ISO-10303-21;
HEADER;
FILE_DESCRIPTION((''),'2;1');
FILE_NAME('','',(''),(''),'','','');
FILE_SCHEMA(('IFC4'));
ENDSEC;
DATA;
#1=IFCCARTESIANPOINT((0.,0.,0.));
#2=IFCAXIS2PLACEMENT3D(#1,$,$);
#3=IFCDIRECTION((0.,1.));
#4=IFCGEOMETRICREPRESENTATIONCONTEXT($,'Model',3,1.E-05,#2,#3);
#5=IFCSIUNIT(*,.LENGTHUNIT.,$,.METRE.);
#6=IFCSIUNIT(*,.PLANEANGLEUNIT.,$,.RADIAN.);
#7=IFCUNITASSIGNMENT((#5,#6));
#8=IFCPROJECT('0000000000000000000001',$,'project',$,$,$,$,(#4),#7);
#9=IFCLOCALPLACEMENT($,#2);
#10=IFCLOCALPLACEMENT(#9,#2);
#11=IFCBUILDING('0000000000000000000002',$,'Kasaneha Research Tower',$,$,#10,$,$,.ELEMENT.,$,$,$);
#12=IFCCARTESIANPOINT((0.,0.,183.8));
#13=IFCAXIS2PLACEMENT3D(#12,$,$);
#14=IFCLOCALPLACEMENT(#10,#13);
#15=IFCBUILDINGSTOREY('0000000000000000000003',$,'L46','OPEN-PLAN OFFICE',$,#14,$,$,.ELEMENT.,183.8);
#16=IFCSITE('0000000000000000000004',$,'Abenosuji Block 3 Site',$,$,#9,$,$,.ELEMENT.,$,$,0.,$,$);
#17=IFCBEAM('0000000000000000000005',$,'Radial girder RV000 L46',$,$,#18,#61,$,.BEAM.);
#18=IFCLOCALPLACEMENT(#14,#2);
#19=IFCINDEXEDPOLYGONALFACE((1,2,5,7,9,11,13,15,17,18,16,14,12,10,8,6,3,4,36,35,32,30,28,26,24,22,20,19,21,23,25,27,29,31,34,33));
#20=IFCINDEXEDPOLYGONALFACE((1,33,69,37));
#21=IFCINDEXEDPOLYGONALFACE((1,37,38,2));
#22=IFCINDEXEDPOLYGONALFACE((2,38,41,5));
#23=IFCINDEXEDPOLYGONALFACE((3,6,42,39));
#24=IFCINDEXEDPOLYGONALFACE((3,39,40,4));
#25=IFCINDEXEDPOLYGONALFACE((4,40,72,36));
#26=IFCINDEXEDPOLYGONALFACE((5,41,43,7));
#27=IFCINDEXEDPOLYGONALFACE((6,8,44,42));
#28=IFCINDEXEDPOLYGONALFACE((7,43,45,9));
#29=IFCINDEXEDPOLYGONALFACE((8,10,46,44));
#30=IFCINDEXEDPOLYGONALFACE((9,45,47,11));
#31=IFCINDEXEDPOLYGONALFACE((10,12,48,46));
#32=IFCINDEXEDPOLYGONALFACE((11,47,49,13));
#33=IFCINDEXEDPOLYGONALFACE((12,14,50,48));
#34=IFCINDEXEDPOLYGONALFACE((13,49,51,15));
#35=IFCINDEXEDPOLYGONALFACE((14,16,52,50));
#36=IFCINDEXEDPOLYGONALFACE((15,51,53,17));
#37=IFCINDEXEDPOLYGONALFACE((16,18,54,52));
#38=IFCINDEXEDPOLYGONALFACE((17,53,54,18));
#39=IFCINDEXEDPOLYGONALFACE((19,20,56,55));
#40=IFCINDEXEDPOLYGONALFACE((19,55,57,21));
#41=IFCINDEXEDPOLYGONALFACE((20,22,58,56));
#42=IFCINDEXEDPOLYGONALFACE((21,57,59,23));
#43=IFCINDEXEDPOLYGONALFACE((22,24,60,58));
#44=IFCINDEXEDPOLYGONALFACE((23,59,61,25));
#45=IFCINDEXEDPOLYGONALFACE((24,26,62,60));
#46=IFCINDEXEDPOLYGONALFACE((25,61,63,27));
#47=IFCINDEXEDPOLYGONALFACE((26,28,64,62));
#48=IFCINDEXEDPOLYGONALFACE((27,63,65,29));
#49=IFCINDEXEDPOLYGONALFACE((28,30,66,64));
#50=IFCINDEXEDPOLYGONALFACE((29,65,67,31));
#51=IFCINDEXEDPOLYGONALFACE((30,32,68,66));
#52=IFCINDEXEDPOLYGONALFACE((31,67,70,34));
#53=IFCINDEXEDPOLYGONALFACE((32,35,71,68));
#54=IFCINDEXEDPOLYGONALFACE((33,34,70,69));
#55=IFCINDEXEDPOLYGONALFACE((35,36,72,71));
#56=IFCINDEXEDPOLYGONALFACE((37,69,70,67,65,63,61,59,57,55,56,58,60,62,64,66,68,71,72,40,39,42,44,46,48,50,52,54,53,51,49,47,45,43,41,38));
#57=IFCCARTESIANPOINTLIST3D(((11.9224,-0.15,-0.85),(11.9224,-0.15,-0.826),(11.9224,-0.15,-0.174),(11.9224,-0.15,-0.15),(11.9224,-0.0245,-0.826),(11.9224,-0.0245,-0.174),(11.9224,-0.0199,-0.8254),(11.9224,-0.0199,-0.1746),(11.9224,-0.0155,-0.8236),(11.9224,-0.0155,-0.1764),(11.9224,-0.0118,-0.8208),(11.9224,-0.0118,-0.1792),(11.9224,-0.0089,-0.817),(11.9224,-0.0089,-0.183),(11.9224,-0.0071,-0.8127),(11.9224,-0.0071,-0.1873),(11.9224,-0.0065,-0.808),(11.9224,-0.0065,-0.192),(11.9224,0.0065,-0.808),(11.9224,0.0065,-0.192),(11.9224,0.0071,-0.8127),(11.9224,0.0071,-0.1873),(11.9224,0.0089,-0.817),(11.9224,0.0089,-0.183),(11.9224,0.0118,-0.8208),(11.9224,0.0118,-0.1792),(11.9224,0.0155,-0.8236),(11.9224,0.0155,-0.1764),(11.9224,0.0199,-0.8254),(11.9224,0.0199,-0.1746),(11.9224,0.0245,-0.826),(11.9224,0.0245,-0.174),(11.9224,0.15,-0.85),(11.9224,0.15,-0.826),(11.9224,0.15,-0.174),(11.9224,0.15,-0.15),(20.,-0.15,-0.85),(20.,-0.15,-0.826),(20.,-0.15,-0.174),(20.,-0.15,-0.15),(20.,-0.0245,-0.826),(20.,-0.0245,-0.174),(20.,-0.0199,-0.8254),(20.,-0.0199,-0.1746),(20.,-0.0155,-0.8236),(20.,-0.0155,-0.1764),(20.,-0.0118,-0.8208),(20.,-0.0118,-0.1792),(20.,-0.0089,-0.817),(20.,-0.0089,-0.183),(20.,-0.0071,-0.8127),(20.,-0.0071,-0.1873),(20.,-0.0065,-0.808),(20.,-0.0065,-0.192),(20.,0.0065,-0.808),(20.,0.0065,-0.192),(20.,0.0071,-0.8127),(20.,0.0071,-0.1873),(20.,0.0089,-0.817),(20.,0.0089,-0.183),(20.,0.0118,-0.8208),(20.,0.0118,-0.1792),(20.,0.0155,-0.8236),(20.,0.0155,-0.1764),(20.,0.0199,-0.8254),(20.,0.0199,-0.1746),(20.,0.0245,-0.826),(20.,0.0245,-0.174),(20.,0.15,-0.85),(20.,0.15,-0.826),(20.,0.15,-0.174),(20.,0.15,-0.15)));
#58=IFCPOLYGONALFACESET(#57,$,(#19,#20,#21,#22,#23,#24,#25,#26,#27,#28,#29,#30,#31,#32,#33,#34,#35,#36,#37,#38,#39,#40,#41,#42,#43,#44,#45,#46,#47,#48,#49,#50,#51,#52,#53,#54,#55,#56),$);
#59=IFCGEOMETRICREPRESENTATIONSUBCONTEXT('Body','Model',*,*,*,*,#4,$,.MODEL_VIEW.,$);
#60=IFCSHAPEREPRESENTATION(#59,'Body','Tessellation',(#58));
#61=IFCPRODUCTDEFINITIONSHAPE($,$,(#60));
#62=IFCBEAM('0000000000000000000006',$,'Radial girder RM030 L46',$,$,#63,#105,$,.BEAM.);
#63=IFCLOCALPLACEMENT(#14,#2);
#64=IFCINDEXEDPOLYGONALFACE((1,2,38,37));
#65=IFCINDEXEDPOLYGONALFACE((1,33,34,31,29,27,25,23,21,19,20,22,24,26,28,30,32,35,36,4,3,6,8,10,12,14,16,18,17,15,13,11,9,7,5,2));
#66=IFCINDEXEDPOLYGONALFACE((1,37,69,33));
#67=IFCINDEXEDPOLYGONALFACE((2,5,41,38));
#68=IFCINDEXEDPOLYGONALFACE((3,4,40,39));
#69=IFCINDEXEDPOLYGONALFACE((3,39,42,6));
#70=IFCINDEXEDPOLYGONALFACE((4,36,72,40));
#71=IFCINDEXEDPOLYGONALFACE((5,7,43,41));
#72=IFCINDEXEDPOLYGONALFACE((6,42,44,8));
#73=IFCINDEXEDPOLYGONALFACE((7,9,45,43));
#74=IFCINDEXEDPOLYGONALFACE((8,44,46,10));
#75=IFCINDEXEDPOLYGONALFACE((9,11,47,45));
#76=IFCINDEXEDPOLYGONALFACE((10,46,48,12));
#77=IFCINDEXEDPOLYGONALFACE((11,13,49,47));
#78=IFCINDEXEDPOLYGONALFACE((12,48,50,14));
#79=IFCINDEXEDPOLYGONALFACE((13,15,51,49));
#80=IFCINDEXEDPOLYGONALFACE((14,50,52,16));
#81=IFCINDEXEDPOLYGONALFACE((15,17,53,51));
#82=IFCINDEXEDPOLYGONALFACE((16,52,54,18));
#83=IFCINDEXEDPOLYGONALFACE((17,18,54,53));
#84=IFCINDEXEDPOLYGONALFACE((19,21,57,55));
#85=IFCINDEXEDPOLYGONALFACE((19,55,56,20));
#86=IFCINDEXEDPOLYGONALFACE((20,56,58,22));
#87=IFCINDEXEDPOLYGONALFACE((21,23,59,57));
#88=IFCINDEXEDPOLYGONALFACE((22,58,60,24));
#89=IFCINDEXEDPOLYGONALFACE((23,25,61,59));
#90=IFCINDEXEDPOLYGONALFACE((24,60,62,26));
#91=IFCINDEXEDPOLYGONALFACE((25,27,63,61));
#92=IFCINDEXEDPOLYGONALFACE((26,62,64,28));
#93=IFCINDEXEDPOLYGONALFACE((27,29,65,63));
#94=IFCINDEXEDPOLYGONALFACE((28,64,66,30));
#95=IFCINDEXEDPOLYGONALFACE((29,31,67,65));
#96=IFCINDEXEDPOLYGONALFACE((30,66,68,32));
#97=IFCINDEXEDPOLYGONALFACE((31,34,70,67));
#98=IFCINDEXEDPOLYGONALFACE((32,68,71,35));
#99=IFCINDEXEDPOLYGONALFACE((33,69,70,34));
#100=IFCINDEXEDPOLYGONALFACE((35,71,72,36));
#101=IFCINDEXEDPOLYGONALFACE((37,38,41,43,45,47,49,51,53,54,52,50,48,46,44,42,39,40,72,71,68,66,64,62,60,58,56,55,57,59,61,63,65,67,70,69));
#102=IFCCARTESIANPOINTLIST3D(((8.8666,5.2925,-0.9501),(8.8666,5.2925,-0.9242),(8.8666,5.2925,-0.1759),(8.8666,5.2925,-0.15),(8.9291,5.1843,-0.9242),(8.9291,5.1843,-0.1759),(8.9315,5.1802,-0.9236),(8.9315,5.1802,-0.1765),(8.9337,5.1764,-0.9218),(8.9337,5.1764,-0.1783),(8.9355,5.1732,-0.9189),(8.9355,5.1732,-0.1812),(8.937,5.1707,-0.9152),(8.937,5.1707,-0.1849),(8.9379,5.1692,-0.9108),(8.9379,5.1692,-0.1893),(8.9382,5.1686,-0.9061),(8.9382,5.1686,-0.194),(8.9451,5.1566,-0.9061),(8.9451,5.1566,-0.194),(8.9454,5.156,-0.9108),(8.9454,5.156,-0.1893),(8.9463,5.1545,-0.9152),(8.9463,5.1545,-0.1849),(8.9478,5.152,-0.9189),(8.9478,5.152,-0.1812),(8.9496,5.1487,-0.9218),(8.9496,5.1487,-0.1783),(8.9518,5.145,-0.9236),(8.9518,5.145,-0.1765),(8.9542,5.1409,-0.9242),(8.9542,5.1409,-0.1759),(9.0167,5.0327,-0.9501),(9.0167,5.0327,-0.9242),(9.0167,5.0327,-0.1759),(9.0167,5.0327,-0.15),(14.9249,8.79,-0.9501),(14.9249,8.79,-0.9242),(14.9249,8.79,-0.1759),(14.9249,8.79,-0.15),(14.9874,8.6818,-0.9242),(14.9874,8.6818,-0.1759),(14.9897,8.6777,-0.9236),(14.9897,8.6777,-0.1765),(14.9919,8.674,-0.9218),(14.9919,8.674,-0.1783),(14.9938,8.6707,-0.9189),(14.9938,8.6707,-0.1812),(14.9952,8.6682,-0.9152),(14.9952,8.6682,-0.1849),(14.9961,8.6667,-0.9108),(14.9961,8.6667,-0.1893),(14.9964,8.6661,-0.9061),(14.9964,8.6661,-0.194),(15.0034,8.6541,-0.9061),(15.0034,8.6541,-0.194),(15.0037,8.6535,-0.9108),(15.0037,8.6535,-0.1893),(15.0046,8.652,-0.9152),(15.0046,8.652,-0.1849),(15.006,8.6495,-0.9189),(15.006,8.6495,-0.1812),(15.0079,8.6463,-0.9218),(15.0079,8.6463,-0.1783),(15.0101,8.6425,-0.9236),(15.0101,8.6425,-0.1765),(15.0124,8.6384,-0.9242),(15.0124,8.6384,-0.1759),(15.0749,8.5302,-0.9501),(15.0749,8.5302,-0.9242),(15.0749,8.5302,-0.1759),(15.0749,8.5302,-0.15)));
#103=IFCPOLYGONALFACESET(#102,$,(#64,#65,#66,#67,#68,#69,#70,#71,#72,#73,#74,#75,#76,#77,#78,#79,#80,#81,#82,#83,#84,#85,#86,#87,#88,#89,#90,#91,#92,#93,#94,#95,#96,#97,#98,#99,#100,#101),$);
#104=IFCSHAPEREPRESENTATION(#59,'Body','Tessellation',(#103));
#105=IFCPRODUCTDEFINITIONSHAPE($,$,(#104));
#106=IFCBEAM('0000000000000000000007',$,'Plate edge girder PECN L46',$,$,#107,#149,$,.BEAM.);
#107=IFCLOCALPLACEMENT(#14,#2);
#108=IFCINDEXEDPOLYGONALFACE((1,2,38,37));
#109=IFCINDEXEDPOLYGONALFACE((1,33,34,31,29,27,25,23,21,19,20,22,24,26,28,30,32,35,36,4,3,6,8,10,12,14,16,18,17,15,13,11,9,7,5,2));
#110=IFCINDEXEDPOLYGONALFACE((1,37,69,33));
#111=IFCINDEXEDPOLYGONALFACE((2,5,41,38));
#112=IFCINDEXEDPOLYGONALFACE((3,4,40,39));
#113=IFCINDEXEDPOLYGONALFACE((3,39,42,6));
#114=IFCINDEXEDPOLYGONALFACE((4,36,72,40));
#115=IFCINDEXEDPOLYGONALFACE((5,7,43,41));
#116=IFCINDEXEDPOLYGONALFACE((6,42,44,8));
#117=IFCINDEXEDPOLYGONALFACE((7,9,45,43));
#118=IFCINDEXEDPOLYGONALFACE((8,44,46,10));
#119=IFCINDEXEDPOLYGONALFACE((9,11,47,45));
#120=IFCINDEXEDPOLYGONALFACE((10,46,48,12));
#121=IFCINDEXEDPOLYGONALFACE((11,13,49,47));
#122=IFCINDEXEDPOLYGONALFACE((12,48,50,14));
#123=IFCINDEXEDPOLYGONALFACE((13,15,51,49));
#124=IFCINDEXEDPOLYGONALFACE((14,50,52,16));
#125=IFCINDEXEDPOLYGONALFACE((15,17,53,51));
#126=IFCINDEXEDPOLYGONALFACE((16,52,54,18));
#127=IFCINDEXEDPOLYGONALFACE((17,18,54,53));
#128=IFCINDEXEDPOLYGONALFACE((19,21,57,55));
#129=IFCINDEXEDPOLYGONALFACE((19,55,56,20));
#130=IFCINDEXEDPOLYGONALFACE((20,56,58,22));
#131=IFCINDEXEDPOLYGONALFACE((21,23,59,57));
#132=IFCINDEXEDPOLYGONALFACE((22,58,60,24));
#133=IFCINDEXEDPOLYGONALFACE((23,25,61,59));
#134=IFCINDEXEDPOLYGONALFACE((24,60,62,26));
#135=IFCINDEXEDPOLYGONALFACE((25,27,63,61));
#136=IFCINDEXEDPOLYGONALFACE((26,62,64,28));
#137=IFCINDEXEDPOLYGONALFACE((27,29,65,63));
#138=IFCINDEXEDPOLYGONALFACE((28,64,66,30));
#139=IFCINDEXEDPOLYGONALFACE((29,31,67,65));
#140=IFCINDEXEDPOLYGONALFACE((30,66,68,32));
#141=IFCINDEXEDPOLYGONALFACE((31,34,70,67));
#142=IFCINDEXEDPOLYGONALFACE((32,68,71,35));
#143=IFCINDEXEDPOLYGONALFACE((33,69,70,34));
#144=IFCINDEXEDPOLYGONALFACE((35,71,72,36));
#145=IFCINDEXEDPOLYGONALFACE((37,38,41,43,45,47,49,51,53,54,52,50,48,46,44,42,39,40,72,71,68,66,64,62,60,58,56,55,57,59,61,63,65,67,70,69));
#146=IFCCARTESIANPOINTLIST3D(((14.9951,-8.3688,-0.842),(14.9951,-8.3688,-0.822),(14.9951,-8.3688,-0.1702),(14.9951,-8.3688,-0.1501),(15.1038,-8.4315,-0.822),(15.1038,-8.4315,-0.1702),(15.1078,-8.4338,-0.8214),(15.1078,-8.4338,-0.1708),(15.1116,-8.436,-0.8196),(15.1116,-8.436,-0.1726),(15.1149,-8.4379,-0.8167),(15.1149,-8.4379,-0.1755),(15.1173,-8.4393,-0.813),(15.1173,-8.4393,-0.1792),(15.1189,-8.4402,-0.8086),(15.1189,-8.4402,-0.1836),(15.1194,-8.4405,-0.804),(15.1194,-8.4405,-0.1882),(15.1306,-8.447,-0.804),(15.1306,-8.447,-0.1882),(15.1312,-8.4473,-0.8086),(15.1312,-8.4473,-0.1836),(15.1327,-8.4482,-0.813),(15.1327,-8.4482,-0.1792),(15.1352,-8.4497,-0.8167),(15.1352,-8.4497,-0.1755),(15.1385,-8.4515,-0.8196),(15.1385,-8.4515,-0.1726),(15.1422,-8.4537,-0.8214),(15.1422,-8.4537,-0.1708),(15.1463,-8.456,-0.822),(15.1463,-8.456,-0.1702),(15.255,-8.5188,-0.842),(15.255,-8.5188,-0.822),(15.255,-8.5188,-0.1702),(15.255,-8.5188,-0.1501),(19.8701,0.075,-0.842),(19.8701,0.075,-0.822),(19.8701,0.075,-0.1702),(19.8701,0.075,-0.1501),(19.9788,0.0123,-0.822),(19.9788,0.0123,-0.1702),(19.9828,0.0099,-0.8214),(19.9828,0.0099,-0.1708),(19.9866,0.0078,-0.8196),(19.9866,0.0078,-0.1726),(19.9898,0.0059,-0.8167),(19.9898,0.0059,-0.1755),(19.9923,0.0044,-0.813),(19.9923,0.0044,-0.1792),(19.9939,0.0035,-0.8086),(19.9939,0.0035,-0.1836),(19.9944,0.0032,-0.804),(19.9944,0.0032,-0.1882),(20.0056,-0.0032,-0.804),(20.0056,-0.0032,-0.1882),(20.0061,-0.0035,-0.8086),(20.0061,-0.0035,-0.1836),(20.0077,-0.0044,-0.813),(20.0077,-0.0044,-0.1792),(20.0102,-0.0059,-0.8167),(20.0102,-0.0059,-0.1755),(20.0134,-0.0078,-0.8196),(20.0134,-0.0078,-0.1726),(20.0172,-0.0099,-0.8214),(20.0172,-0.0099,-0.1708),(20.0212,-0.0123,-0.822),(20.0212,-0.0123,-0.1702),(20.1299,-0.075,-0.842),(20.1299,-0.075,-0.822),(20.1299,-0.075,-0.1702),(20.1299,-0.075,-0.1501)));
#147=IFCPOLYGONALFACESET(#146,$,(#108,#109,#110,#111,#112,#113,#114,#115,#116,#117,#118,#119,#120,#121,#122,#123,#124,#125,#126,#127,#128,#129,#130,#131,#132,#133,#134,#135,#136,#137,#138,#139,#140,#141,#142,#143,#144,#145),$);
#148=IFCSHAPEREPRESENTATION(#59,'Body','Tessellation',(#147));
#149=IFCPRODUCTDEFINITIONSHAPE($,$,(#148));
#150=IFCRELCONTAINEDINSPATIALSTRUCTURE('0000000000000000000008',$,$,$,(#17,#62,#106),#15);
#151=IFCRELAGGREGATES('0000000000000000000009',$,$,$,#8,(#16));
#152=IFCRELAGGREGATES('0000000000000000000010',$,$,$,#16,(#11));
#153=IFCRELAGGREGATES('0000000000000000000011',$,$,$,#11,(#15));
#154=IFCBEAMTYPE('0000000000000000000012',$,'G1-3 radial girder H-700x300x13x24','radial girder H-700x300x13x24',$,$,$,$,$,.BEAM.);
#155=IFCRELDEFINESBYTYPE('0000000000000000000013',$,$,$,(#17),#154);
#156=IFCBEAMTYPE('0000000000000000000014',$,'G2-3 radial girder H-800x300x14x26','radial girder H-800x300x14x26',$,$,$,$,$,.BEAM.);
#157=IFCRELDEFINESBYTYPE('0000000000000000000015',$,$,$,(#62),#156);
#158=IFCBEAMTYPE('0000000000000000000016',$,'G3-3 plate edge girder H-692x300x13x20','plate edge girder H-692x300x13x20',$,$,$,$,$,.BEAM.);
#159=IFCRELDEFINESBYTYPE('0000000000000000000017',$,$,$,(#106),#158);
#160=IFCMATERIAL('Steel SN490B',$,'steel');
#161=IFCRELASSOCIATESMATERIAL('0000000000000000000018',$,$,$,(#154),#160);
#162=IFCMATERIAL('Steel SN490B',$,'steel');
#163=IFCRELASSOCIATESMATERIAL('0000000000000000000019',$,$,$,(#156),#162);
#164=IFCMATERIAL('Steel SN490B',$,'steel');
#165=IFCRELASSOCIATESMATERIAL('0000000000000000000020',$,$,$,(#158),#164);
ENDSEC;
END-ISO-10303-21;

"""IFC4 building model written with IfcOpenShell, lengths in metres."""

from ifc_helpers import new_model, si_unit, direction, frame, origin, origin_2d, place, context, subcontext, project, spatial, i_section, extrude, material, material_profile, profile_set, type_object, element, save


model = new_model("IFC4")

# Units and contexts
model_context = context("Model", 3, precision=1e-05, world=origin(), true_north=direction((0.0, 1.0)))
body_context = subcontext(model_context, "Body", "Model", "MODEL_VIEW")
ifc_project = project(units=[si_unit("LENGTHUNIT", "METRE"), si_unit("PLANEANGLEUNIT", "RADIAN")], contexts=[model_context])

# Site, building, storey
site_placement = place(None, origin())
site = spatial("IfcSite", under=ifc_project, at=site_placement, Name="Abenosuji Block 3 Site", CompositionType="ELEMENT", RefElevation=0.0)
building_placement = place(site_placement, origin())
building = spatial("IfcBuilding", under=site, at=building_placement, Name="Kasaneha Research Tower", CompositionType="ELEMENT")
storey_placement = place(building_placement, frame((0.0, 0.0, 183.8)))
storey = spatial("IfcBuildingStorey", under=building, at=storey_placement, Name="L46", Description="OPEN-PLAN OFFICE", CompositionType="ELEMENT", Elevation=183.8)

# Beams
ifc_material_1 = material(Name="Steel SN490B", Category="steel")
ifc_material_profile_1 = material_profile(ifc_material_1, i_section(OverallWidth=0.3, OverallDepth=0.7, WebThickness=0.0129, FlangeThickness=0.0239, FilletRadius=0.0181, at=origin_2d()), Name="H-700x300x13x24")
ifc_profile_set_1 = profile_set([ifc_material_profile_1], Name="Steel SN490B")
beam_type_1 = type_object("IfcBeamType", Name="G1-3 radial girder H-700x300x13x24", Description="radial girder H-700x300x13x24", PredefinedType="BEAM", material=ifc_profile_set_1)
beam_1_placement = place(storey_placement, frame((11.9224, 0.0, -0.5), z_axis=(1.0, 0.0, 0.0), x_axis=(0.0, 1.0, 0.0)))
element("IfcBeam", 1, at=beam_1_placement, inside=storey, type_object=beam_type_1, Name="Radial girder RV000 L46", PredefinedType="BEAM", context=body_context, shape_type="SweptSolid", body=[
    extrude(i_section(OverallWidth=0.3, OverallDepth=0.7, WebThickness=0.0129, FlangeThickness=0.0239, FilletRadius=0.0181, at=origin_2d()), origin(), (0.0, 0.0, 1.0), 8.0776),
])
ifc_material_2 = material(Name="Steel SN490B", Category="steel")
ifc_material_profile_2 = material_profile(ifc_material_2, i_section(OverallWidth=0.3, OverallDepth=0.8, WebThickness=0.0139, FlangeThickness=0.0259, FilletRadius=0.0181, at=origin_2d()), Name="H-800x300x14x26")
ifc_profile_set_2 = profile_set([ifc_material_profile_2], Name="Steel SN490B")
beam_type_2 = type_object("IfcBeamType", Name="G2-3 radial girder H-800x300x14x26", Description="radial girder H-800x300x14x26", PredefinedType="BEAM", material=ifc_profile_set_2)
beam_2_placement = place(storey_placement, frame((8.9417, 5.1626, -0.55), z_axis=(0.86604, 0.499975, 0.0), x_axis=(-0.499975, 0.86604, 0.0)))
element("IfcBeam", 2, at=beam_2_placement, inside=storey, type_object=beam_type_2, Name="Radial girder RM030 L46", PredefinedType="BEAM", context=body_context, shape_type="SweptSolid", body=[
    extrude(i_section(OverallWidth=0.3, OverallDepth=0.8, WebThickness=0.0139, FlangeThickness=0.0259, FilletRadius=0.0181, at=origin_2d()), origin(), (0.0, 0.0, 1.0), 6.9954),
])
ifc_material_3 = material(Name="Steel SN490B", Category="steel")
ifc_material_profile_3 = material_profile(ifc_material_3, i_section(OverallWidth=0.3, OverallDepth=0.6919, WebThickness=0.0129, FlangeThickness=0.02, FilletRadius=0.0181, at=origin_2d()), Name="H-692x300x13x20")
ifc_profile_set_3 = profile_set([ifc_material_profile_3], Name="Steel SN490B")
beam_type_3 = type_object("IfcBeamType", Name="G3-3 plate edge girder H-692x300x13x20", Description="plate edge girder H-692x300x13x20", PredefinedType="BEAM", material=ifc_profile_set_3)
beam_3_placement = place(storey_placement, frame((20.0, 0.0, -0.4961), z_axis=(-0.499996, -0.866028, 0.0), x_axis=(0.866028, -0.499996, 0.0)))
element("IfcBeam", 3, at=beam_3_placement, inside=storey, type_object=beam_type_3, Name="Plate edge girder PECN L46", PredefinedType="BEAM", context=body_context, shape_type="SweptSolid", body=[
    extrude(i_section(OverallWidth=0.3, OverallDepth=0.6919, WebThickness=0.0129, FlangeThickness=0.02, FilletRadius=0.0181, at=origin_2d()), origin(), (0.0, 0.0, 1.0), 9.75),
])

save(model, "model.ifc")
